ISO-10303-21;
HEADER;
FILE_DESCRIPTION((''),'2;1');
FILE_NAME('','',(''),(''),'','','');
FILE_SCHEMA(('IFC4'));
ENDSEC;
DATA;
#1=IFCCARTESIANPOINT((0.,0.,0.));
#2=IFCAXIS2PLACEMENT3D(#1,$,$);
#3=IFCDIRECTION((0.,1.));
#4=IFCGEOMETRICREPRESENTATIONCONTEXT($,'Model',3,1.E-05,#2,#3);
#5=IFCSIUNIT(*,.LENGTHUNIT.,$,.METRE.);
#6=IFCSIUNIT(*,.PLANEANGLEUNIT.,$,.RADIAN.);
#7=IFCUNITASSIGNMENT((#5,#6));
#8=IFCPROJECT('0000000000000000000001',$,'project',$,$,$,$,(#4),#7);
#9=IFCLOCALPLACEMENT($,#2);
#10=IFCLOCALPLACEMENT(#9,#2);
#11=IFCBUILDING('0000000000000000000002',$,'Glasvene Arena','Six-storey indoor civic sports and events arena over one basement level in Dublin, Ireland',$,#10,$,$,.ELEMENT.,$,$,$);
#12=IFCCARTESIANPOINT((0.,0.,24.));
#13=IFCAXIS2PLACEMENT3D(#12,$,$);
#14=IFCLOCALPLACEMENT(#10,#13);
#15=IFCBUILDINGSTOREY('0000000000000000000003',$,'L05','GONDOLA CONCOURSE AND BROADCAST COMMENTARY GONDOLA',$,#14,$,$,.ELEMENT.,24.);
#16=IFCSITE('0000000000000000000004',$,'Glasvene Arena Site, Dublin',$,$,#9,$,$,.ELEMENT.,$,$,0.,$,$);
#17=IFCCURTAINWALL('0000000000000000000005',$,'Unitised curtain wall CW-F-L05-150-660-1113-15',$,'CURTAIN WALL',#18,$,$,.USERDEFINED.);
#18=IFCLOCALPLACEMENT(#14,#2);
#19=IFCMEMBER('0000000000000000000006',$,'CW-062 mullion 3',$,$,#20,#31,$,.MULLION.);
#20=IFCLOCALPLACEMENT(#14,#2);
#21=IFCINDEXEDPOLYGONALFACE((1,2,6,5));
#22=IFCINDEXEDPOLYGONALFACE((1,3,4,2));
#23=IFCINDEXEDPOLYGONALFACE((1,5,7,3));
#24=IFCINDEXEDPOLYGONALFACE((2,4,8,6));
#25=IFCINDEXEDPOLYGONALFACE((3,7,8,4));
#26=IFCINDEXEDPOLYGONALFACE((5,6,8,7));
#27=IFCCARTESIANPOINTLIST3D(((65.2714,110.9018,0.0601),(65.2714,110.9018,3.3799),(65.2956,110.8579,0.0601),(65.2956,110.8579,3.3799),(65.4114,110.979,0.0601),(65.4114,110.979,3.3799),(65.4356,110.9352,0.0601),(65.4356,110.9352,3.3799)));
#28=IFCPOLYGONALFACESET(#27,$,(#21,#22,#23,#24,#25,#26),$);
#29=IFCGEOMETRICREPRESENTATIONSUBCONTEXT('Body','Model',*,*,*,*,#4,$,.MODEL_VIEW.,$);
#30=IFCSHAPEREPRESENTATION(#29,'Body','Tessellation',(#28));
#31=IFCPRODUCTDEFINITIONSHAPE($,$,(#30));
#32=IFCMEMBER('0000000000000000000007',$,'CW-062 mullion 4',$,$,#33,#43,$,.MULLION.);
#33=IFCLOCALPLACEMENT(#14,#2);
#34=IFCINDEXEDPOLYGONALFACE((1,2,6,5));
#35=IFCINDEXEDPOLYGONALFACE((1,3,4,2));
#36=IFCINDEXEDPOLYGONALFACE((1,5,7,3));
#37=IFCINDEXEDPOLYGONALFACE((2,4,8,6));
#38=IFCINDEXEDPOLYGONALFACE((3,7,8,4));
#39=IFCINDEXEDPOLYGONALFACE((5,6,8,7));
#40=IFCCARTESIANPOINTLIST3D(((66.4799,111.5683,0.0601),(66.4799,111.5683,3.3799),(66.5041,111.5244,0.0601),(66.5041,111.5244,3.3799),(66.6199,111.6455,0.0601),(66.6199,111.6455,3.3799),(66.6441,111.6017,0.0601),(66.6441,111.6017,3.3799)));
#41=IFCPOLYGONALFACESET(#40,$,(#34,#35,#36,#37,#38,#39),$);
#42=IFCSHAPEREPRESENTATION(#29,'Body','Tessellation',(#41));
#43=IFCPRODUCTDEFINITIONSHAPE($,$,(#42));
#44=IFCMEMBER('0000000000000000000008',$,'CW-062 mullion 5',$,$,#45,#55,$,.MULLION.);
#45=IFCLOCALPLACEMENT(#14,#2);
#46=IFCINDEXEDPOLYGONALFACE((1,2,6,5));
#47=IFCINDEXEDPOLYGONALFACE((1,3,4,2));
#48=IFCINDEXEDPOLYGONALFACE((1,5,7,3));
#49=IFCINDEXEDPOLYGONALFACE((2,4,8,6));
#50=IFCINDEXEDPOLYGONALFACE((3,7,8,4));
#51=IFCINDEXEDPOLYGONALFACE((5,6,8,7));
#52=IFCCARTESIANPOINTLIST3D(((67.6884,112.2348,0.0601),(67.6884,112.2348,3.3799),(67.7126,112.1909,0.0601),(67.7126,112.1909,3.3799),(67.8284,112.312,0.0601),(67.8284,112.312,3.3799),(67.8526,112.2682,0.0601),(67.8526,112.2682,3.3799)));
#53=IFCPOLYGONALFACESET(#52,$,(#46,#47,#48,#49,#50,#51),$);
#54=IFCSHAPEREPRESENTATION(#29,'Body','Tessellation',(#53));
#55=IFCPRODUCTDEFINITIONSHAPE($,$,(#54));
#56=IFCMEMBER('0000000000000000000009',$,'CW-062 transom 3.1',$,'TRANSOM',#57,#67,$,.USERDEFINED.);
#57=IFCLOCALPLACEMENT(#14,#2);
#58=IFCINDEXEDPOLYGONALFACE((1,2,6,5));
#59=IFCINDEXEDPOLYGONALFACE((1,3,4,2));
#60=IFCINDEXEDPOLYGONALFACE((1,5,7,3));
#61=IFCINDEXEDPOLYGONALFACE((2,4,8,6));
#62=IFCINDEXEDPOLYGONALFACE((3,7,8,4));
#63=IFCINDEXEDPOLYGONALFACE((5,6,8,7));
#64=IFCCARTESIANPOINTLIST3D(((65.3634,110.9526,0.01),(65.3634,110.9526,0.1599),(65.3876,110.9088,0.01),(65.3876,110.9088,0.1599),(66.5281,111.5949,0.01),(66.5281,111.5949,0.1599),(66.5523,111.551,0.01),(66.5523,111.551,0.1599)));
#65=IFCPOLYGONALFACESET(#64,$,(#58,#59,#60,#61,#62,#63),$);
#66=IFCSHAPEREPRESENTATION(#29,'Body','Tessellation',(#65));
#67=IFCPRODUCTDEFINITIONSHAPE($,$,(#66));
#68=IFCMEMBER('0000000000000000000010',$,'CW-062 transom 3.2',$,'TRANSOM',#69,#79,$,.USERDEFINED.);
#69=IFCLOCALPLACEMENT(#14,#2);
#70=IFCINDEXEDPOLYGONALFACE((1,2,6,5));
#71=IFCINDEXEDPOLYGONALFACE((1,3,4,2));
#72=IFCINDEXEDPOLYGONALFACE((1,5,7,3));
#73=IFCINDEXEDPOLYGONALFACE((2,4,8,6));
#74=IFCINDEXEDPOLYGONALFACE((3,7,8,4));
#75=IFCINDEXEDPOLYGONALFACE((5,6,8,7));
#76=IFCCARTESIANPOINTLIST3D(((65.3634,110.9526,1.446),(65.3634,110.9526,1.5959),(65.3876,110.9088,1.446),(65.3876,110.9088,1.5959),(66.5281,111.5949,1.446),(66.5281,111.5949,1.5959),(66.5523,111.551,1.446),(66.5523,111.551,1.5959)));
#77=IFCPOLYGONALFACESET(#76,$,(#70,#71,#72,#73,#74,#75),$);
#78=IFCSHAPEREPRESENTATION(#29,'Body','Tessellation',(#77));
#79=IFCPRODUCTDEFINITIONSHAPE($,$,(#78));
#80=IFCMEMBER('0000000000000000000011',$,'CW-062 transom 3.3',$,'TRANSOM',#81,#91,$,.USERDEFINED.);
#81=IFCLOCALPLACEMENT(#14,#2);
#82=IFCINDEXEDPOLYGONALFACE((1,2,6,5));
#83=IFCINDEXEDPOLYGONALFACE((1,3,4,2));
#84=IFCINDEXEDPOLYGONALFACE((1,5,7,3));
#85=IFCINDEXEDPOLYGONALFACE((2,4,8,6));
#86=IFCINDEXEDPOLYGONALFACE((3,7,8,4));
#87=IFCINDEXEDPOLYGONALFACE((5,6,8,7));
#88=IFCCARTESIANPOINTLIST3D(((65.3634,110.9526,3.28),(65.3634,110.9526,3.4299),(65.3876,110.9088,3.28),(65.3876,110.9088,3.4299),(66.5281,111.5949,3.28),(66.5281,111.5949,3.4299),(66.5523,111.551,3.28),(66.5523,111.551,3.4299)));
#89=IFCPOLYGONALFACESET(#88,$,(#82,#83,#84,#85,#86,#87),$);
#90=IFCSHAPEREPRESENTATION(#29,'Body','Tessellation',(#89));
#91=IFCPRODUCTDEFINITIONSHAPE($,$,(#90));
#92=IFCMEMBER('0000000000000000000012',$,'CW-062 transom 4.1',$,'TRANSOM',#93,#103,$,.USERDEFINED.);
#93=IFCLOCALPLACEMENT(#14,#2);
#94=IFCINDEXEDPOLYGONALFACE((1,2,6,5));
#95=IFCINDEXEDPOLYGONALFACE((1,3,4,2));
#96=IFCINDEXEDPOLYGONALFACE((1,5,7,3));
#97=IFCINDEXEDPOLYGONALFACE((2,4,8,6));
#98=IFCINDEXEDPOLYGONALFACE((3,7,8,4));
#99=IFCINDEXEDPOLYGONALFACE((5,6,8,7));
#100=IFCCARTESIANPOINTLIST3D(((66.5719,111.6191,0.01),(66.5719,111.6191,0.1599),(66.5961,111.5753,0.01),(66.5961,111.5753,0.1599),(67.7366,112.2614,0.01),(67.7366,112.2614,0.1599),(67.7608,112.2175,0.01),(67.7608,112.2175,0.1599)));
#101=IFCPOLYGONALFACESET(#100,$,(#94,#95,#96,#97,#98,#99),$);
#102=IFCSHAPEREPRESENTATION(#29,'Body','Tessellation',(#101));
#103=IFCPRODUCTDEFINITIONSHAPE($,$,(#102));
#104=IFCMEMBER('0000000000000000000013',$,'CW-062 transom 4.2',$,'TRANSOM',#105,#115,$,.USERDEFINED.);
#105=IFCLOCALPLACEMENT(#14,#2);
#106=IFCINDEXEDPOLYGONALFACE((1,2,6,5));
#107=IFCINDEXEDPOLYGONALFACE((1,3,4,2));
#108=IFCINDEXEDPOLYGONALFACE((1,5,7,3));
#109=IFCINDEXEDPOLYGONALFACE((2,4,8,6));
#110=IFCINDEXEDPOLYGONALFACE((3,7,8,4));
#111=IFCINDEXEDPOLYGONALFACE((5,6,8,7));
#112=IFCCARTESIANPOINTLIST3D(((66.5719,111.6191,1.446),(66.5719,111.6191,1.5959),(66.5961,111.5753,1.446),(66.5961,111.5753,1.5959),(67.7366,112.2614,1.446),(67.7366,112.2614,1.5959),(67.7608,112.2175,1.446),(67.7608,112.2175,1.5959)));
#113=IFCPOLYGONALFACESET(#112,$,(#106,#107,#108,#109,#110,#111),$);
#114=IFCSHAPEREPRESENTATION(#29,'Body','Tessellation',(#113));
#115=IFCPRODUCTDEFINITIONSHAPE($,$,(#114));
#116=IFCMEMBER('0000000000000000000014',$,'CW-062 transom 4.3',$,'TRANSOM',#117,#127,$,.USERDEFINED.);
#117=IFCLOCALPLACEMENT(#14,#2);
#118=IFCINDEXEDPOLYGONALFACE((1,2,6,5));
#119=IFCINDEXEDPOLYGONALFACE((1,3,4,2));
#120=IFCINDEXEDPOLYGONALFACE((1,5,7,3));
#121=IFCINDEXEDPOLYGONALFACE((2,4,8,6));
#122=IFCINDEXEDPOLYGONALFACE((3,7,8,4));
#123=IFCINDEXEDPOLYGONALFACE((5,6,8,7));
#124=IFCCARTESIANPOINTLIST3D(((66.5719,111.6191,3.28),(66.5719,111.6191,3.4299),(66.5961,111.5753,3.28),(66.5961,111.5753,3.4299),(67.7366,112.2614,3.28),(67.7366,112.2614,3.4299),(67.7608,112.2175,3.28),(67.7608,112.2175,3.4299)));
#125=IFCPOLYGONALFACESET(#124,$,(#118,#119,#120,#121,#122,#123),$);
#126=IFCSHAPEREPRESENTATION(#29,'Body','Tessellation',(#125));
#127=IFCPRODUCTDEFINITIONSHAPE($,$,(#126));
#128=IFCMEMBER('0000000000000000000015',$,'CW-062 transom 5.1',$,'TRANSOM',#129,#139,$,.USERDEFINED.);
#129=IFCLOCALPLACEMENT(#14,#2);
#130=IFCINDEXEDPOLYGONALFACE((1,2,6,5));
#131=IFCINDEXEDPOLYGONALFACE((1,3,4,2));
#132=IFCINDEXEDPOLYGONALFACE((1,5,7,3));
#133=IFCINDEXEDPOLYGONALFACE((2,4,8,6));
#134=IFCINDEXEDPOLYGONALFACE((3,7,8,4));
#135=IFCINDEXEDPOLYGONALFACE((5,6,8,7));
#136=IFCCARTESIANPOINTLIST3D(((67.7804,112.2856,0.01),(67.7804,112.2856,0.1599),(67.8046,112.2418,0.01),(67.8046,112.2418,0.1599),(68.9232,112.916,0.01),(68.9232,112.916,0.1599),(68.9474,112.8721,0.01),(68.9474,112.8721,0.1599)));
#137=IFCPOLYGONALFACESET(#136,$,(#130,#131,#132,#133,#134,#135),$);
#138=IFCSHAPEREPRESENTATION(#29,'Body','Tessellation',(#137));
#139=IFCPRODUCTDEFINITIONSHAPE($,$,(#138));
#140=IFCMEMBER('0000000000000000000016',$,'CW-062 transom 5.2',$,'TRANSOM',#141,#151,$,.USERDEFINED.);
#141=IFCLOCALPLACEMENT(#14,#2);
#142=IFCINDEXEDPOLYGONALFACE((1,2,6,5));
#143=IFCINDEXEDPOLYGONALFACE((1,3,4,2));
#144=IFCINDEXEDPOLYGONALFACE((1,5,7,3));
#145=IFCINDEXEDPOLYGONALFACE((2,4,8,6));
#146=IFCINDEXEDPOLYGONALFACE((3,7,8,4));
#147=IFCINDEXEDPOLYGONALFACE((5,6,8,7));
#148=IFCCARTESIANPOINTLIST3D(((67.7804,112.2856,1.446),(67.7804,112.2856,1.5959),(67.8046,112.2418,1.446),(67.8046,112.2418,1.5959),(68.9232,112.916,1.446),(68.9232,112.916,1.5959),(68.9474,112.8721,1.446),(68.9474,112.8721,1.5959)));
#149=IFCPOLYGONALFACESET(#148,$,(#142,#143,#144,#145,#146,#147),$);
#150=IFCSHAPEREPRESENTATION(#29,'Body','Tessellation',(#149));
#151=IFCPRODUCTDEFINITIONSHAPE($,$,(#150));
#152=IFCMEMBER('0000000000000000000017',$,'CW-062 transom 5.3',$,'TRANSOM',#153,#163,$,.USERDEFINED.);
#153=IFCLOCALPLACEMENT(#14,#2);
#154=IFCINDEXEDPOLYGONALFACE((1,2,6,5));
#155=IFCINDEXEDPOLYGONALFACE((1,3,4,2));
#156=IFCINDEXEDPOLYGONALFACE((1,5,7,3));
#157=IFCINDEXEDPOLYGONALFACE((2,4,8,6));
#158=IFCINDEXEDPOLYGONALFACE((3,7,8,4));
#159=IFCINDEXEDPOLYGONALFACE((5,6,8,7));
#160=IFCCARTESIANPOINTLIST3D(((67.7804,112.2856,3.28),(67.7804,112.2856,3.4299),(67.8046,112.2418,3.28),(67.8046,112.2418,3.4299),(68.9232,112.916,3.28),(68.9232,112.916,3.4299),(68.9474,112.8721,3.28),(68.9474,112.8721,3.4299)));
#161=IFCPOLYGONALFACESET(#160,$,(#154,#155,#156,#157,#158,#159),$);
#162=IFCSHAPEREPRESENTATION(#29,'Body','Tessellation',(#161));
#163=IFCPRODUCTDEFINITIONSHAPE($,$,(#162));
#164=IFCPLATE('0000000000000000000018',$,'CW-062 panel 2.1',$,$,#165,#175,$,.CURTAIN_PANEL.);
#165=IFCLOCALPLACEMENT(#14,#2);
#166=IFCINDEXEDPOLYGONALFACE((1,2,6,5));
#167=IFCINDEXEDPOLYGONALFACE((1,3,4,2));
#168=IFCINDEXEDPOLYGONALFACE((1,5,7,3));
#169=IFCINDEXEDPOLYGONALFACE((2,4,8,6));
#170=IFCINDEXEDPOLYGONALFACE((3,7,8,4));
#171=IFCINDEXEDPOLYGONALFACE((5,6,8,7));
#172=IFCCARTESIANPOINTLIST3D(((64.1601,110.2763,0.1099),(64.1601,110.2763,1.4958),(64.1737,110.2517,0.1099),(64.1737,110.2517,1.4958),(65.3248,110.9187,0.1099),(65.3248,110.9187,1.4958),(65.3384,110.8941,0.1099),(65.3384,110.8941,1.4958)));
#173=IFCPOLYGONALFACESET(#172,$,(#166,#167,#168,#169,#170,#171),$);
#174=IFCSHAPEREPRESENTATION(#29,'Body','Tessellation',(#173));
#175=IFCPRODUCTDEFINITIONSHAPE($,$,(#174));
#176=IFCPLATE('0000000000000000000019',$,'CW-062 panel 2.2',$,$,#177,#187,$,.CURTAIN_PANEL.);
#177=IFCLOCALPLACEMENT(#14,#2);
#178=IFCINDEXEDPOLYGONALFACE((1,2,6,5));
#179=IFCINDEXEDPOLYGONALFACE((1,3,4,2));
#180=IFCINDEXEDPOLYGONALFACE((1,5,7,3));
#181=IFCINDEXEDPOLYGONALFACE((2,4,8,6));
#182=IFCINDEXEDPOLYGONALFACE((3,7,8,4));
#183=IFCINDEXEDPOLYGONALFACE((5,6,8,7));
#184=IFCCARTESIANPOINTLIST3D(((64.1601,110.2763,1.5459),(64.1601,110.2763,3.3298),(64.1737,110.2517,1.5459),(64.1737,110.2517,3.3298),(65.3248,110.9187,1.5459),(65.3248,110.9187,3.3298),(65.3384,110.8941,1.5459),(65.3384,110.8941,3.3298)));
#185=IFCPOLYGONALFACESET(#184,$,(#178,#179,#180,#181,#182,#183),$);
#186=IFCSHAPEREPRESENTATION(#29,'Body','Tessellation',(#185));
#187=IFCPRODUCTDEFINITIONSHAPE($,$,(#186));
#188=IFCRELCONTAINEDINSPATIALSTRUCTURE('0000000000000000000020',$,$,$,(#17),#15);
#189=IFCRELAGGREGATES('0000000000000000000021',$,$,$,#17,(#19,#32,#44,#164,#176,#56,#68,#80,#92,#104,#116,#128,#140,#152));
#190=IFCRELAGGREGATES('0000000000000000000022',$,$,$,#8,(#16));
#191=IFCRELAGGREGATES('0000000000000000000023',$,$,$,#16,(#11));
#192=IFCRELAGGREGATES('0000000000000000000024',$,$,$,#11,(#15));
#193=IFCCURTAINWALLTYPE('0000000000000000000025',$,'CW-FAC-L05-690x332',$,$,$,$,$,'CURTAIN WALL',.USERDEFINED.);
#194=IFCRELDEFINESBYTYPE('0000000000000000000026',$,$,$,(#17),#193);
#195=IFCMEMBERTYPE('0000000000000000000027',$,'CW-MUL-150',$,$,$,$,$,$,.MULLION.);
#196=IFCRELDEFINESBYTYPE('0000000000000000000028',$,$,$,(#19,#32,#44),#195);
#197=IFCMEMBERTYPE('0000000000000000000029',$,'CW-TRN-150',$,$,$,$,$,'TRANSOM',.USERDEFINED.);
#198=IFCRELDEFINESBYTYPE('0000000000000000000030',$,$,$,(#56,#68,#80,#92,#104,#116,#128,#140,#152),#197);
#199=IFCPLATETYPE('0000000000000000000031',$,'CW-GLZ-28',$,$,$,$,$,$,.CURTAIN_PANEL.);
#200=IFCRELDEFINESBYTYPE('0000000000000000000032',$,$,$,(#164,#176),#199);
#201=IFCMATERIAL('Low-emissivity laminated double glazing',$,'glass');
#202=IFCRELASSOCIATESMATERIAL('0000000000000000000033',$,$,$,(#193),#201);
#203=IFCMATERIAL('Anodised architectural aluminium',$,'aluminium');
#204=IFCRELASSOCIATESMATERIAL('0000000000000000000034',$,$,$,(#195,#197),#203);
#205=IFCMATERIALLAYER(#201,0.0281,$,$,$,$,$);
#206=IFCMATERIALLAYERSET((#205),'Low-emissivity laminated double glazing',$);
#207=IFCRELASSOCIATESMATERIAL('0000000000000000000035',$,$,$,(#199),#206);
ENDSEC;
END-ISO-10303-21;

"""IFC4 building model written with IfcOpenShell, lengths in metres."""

from ifc_helpers import new_model, si_unit, direction, frame, origin, origin_2d, place, context, subcontext, project, spatial, rectangle, extrude, material, layer, layer_set, material_profile, profile_set, type_object, element, aggregate, save


model = new_model("IFC4")

# Units and contexts
model_context = context("Model", 3, precision=1e-05, world=origin(), true_north=direction((0.0, 1.0)))
body_context = subcontext(model_context, "Body", "Model", "MODEL_VIEW")
ifc_project = project(units=[si_unit("LENGTHUNIT", "METRE"), si_unit("PLANEANGLEUNIT", "RADIAN")], contexts=[model_context])

# Site, building, storey
site_placement = place(None, origin())
site = spatial("IfcSite", under=ifc_project, at=site_placement, Name="Glasvene Arena Site, Dublin", CompositionType="ELEMENT", RefElevation=0.0)
building_placement = place(site_placement, origin())
building = spatial("IfcBuilding", under=site, at=building_placement, Name="Glasvene Arena", Description="Six-storey indoor civic sports and events arena over one basement level in Dublin, Ireland", CompositionType="ELEMENT")
storey_placement = place(building_placement, frame((0.0, 0.0, 24.0)))
storey = spatial("IfcBuildingStorey", under=building, at=storey_placement, Name="L05", Description="GONDOLA CONCOURSE AND BROADCAST COMMENTARY GONDOLA", CompositionType="ELEMENT", Elevation=24.0)

# Curtain wall, members, plates
ifc_material_1 = material(Name="Low-emissivity laminated double glazing", Category="glass")
curtain_wall_type = type_object("IfcCurtainWallType", Name="CW-FAC-L05-690x332", ElementType="CURTAIN WALL", PredefinedType="USERDEFINED", material=ifc_material_1)
curtain_wall_placement = place(storey_placement, frame((62.9365, 109.5854, 0.0)))
curtain_wall = element("IfcCurtainWall", 1, at=curtain_wall_placement, inside=storey, type_object=curtain_wall_type, Name="Unitised curtain wall CW-F-L05-150-660-1113-15", ObjectType="CURTAIN WALL", PredefinedType="USERDEFINED")
ifc_material_2 = material(Name="Anodised architectural aluminium", Category="aluminium")
ifc_material_profile_1 = material_profile(ifc_material_2, rectangle(XDim=0.05, YDim=0.1599, at=origin_2d()), Name="ALU MULLION 50x160")
ifc_profile_set_1 = profile_set([ifc_material_profile_1], Name="Anodised architectural aluminium")
member_type_1 = type_object("IfcMemberType", Name="CW-MUL-150", PredefinedType="MULLION", material=ifc_profile_set_1)
member_1_placement = place(storey_placement, frame((65.3535, 110.9185, 0.0601), z_axis=(0.0, 0.0, 1.0), x_axis=(-0.482939, 0.875654, 0.0)))
member_1 = element("IfcMember", 2, at=member_1_placement, type_object=member_type_1, Name="CW-062 mullion 3", PredefinedType="MULLION", context=body_context, shape_type="SweptSolid", body=[
    extrude(rectangle(XDim=0.05, YDim=0.1599, at=origin_2d()), origin(), (0.0, 0.0, 1.0), 3.3198),
])
member_2_placement = place(storey_placement, frame((66.562, 111.585, 0.0601), z_axis=(0.0, 0.0, 1.0), x_axis=(-0.482939, 0.875654, 0.0)))
member_2 = element("IfcMember", 3, at=member_2_placement, type_object=member_type_1, Name="CW-062 mullion 4", PredefinedType="MULLION", context=body_context, shape_type="SweptSolid", body=[
    extrude(rectangle(XDim=0.05, YDim=0.1599, at=origin_2d()), origin(), (0.0, 0.0, 1.0), 3.3198),
])
member_3_placement = place(storey_placement, frame((67.7705, 112.2515, 0.0601), z_axis=(0.0, 0.0, 1.0), x_axis=(-0.482939, 0.875654, 0.0)))
member_3 = element("IfcMember", 4, at=member_3_placement, type_object=member_type_1, Name="CW-062 mullion 5", PredefinedType="MULLION", context=body_context, shape_type="SweptSolid", body=[
    extrude(rectangle(XDim=0.05, YDim=0.1599, at=origin_2d()), origin(), (0.0, 0.0, 1.0), 3.3198),
])
ifc_material_profile_2 = material_profile(ifc_material_2, rectangle(XDim=0.05, YDim=0.1499, at=origin_2d()), Name="ALU TRANSOM 50x150")
ifc_profile_set_2 = profile_set([ifc_material_profile_2], Name="Anodised architectural aluminium")
member_type_2 = type_object("IfcMemberType", Name="CW-TRN-150", ElementType="TRANSOM", PredefinedType="USERDEFINED", material=ifc_profile_set_2)
member_4_placement = place(storey_placement, frame((65.3755, 110.9307, 0.085), z_axis=(0.875677, 0.482898, 0.0), x_axis=(-0.482898, 0.875677, 0.0)))
member_4 = element("IfcMember", 5, at=member_4_placement, type_object=member_type_2, Name="CW-062 transom 3.1", ObjectType="TRANSOM", PredefinedType="USERDEFINED", context=body_context, shape_type="SweptSolid", body=[
    extrude(rectangle(XDim=0.05, YDim=0.1499, at=origin_2d()), origin(), (0.0, 0.0, 1.0), 1.3301),
])
member_5_placement = place(storey_placement, frame((65.3755, 110.9307, 1.521), z_axis=(0.875677, 0.482898, 0.0), x_axis=(-0.482898, 0.875677, 0.0)))
member_5 = element("IfcMember", 6, at=member_5_placement, type_object=member_type_2, Name="CW-062 transom 3.2", ObjectType="TRANSOM", PredefinedType="USERDEFINED", context=body_context, shape_type="SweptSolid", body=[
    extrude(rectangle(XDim=0.05, YDim=0.1499, at=origin_2d()), origin(), (0.0, 0.0, 1.0), 1.3301),
])
member_6_placement = place(storey_placement, frame((65.3755, 110.9307, 3.355), z_axis=(0.875677, 0.482898, 0.0), x_axis=(-0.482898, 0.875677, 0.0)))
member_6 = element("IfcMember", 7, at=member_6_placement, type_object=member_type_2, Name="CW-062 transom 3.3", ObjectType="TRANSOM", PredefinedType="USERDEFINED", context=body_context, shape_type="SweptSolid", body=[
    extrude(rectangle(XDim=0.05, YDim=0.1499, at=origin_2d()), origin(), (0.0, 0.0, 1.0), 1.3301),
])
member_7_placement = place(storey_placement, frame((66.584, 111.5972, 0.085), z_axis=(0.875677, 0.482898, 0.0), x_axis=(-0.482898, 0.875677, 0.0)))
member_7 = element("IfcMember", 8, at=member_7_placement, type_object=member_type_2, Name="CW-062 transom 4.1", ObjectType="TRANSOM", PredefinedType="USERDEFINED", context=body_context, shape_type="SweptSolid", body=[
    extrude(rectangle(XDim=0.05, YDim=0.1499, at=origin_2d()), origin(), (0.0, 0.0, 1.0), 1.3301),
])
member_8_placement = place(storey_placement, frame((66.584, 111.5972, 1.521), z_axis=(0.875677, 0.482898, 0.0), x_axis=(-0.482898, 0.875677, 0.0)))
member_8 = element("IfcMember", 9, at=member_8_placement, type_object=member_type_2, Name="CW-062 transom 4.2", ObjectType="TRANSOM", PredefinedType="USERDEFINED", context=body_context, shape_type="SweptSolid", body=[
    extrude(rectangle(XDim=0.05, YDim=0.1499, at=origin_2d()), origin(), (0.0, 0.0, 1.0), 1.3301),
])
member_9_placement = place(storey_placement, frame((66.584, 111.5972, 3.355), z_axis=(0.875677, 0.482898, 0.0), x_axis=(-0.482898, 0.875677, 0.0)))
member_9 = element("IfcMember", 10, at=member_9_placement, type_object=member_type_2, Name="CW-062 transom 4.3", ObjectType="TRANSOM", PredefinedType="USERDEFINED", context=body_context, shape_type="SweptSolid", body=[
    extrude(rectangle(XDim=0.05, YDim=0.1499, at=origin_2d()), origin(), (0.0, 0.0, 1.0), 1.3301),
])
member_10_placement = place(storey_placement, frame((67.7925, 112.2637, 0.085), z_axis=(0.875627, 0.482988, 0.0), x_axis=(-0.482988, 0.875627, 0.0)))
member_10 = element("IfcMember", 11, at=member_10_placement, type_object=member_type_2, Name="CW-062 transom 5.1", ObjectType="TRANSOM", PredefinedType="USERDEFINED", context=body_context, shape_type="SweptSolid", body=[
    extrude(rectangle(XDim=0.05, YDim=0.1499, at=origin_2d()), origin(), (0.0, 0.0, 1.0), 1.3052),
])
member_11_placement = place(storey_placement, frame((67.7925, 112.2637, 1.521), z_axis=(0.875627, 0.482988, 0.0), x_axis=(-0.482988, 0.875627, 0.0)))
member_11 = element("IfcMember", 12, at=member_11_placement, type_object=member_type_2, Name="CW-062 transom 5.2", ObjectType="TRANSOM", PredefinedType="USERDEFINED", context=body_context, shape_type="SweptSolid", body=[
    extrude(rectangle(XDim=0.05, YDim=0.1499, at=origin_2d()), origin(), (0.0, 0.0, 1.0), 1.3052),
])
member_12_placement = place(storey_placement, frame((67.7925, 112.2637, 3.355), z_axis=(0.875627, 0.482988, 0.0), x_axis=(-0.482988, 0.875627, 0.0)))
member_12 = element("IfcMember", 13, at=member_12_placement, type_object=member_type_2, Name="CW-062 transom 5.3", ObjectType="TRANSOM", PredefinedType="USERDEFINED", context=body_context, shape_type="SweptSolid", body=[
    extrude(rectangle(XDim=0.05, YDim=0.1499, at=origin_2d()), origin(), (0.0, 0.0, 1.0), 1.3052),
])
ifc_layer_1 = layer(ifc_material_1, 0.0281)
ifc_layer_set_1 = layer_set([ifc_layer_1], Name="Low-emissivity laminated double glazing")
plate_type = type_object("IfcPlateType", Name="CW-GLZ-28", PredefinedType="CURTAIN_PANEL", material=ifc_layer_set_1)
plate_1_placement = place(storey_placement, frame((64.7493, 110.5852, 0.1099), z_axis=(0.0, 0.0, 1.0), x_axis=(0.875654, 0.482939, 0.0)))
plate_1 = element("IfcPlate", 14, at=plate_1_placement, type_object=plate_type, Name="CW-062 panel 2.1", PredefinedType="CURTAIN_PANEL", context=body_context, shape_type="SweptSolid", body=[
    extrude(rectangle(XDim=1.3301, YDim=0.0281, at=origin_2d()), origin(), (0.0, 0.0, 1.0), 1.386),
])
plate_2_placement = place(storey_placement, frame((64.7493, 110.5852, 1.5459), z_axis=(0.0, 0.0, 1.0), x_axis=(0.875654, 0.482939, 0.0)))
plate_2 = element("IfcPlate", 15, at=plate_2_placement, type_object=plate_type, Name="CW-062 panel 2.2", PredefinedType="CURTAIN_PANEL", context=body_context, shape_type="SweptSolid", body=[
    extrude(rectangle(XDim=1.3301, YDim=0.0281, at=origin_2d()), origin(), (0.0, 0.0, 1.0), 1.7839),
])
aggregate(curtain_wall, [member_1, member_2, member_3, plate_1, plate_2, member_4, member_5, member_6, member_7, member_8, member_9, member_10, member_11, member_12])

save(model, "model.ifc")
